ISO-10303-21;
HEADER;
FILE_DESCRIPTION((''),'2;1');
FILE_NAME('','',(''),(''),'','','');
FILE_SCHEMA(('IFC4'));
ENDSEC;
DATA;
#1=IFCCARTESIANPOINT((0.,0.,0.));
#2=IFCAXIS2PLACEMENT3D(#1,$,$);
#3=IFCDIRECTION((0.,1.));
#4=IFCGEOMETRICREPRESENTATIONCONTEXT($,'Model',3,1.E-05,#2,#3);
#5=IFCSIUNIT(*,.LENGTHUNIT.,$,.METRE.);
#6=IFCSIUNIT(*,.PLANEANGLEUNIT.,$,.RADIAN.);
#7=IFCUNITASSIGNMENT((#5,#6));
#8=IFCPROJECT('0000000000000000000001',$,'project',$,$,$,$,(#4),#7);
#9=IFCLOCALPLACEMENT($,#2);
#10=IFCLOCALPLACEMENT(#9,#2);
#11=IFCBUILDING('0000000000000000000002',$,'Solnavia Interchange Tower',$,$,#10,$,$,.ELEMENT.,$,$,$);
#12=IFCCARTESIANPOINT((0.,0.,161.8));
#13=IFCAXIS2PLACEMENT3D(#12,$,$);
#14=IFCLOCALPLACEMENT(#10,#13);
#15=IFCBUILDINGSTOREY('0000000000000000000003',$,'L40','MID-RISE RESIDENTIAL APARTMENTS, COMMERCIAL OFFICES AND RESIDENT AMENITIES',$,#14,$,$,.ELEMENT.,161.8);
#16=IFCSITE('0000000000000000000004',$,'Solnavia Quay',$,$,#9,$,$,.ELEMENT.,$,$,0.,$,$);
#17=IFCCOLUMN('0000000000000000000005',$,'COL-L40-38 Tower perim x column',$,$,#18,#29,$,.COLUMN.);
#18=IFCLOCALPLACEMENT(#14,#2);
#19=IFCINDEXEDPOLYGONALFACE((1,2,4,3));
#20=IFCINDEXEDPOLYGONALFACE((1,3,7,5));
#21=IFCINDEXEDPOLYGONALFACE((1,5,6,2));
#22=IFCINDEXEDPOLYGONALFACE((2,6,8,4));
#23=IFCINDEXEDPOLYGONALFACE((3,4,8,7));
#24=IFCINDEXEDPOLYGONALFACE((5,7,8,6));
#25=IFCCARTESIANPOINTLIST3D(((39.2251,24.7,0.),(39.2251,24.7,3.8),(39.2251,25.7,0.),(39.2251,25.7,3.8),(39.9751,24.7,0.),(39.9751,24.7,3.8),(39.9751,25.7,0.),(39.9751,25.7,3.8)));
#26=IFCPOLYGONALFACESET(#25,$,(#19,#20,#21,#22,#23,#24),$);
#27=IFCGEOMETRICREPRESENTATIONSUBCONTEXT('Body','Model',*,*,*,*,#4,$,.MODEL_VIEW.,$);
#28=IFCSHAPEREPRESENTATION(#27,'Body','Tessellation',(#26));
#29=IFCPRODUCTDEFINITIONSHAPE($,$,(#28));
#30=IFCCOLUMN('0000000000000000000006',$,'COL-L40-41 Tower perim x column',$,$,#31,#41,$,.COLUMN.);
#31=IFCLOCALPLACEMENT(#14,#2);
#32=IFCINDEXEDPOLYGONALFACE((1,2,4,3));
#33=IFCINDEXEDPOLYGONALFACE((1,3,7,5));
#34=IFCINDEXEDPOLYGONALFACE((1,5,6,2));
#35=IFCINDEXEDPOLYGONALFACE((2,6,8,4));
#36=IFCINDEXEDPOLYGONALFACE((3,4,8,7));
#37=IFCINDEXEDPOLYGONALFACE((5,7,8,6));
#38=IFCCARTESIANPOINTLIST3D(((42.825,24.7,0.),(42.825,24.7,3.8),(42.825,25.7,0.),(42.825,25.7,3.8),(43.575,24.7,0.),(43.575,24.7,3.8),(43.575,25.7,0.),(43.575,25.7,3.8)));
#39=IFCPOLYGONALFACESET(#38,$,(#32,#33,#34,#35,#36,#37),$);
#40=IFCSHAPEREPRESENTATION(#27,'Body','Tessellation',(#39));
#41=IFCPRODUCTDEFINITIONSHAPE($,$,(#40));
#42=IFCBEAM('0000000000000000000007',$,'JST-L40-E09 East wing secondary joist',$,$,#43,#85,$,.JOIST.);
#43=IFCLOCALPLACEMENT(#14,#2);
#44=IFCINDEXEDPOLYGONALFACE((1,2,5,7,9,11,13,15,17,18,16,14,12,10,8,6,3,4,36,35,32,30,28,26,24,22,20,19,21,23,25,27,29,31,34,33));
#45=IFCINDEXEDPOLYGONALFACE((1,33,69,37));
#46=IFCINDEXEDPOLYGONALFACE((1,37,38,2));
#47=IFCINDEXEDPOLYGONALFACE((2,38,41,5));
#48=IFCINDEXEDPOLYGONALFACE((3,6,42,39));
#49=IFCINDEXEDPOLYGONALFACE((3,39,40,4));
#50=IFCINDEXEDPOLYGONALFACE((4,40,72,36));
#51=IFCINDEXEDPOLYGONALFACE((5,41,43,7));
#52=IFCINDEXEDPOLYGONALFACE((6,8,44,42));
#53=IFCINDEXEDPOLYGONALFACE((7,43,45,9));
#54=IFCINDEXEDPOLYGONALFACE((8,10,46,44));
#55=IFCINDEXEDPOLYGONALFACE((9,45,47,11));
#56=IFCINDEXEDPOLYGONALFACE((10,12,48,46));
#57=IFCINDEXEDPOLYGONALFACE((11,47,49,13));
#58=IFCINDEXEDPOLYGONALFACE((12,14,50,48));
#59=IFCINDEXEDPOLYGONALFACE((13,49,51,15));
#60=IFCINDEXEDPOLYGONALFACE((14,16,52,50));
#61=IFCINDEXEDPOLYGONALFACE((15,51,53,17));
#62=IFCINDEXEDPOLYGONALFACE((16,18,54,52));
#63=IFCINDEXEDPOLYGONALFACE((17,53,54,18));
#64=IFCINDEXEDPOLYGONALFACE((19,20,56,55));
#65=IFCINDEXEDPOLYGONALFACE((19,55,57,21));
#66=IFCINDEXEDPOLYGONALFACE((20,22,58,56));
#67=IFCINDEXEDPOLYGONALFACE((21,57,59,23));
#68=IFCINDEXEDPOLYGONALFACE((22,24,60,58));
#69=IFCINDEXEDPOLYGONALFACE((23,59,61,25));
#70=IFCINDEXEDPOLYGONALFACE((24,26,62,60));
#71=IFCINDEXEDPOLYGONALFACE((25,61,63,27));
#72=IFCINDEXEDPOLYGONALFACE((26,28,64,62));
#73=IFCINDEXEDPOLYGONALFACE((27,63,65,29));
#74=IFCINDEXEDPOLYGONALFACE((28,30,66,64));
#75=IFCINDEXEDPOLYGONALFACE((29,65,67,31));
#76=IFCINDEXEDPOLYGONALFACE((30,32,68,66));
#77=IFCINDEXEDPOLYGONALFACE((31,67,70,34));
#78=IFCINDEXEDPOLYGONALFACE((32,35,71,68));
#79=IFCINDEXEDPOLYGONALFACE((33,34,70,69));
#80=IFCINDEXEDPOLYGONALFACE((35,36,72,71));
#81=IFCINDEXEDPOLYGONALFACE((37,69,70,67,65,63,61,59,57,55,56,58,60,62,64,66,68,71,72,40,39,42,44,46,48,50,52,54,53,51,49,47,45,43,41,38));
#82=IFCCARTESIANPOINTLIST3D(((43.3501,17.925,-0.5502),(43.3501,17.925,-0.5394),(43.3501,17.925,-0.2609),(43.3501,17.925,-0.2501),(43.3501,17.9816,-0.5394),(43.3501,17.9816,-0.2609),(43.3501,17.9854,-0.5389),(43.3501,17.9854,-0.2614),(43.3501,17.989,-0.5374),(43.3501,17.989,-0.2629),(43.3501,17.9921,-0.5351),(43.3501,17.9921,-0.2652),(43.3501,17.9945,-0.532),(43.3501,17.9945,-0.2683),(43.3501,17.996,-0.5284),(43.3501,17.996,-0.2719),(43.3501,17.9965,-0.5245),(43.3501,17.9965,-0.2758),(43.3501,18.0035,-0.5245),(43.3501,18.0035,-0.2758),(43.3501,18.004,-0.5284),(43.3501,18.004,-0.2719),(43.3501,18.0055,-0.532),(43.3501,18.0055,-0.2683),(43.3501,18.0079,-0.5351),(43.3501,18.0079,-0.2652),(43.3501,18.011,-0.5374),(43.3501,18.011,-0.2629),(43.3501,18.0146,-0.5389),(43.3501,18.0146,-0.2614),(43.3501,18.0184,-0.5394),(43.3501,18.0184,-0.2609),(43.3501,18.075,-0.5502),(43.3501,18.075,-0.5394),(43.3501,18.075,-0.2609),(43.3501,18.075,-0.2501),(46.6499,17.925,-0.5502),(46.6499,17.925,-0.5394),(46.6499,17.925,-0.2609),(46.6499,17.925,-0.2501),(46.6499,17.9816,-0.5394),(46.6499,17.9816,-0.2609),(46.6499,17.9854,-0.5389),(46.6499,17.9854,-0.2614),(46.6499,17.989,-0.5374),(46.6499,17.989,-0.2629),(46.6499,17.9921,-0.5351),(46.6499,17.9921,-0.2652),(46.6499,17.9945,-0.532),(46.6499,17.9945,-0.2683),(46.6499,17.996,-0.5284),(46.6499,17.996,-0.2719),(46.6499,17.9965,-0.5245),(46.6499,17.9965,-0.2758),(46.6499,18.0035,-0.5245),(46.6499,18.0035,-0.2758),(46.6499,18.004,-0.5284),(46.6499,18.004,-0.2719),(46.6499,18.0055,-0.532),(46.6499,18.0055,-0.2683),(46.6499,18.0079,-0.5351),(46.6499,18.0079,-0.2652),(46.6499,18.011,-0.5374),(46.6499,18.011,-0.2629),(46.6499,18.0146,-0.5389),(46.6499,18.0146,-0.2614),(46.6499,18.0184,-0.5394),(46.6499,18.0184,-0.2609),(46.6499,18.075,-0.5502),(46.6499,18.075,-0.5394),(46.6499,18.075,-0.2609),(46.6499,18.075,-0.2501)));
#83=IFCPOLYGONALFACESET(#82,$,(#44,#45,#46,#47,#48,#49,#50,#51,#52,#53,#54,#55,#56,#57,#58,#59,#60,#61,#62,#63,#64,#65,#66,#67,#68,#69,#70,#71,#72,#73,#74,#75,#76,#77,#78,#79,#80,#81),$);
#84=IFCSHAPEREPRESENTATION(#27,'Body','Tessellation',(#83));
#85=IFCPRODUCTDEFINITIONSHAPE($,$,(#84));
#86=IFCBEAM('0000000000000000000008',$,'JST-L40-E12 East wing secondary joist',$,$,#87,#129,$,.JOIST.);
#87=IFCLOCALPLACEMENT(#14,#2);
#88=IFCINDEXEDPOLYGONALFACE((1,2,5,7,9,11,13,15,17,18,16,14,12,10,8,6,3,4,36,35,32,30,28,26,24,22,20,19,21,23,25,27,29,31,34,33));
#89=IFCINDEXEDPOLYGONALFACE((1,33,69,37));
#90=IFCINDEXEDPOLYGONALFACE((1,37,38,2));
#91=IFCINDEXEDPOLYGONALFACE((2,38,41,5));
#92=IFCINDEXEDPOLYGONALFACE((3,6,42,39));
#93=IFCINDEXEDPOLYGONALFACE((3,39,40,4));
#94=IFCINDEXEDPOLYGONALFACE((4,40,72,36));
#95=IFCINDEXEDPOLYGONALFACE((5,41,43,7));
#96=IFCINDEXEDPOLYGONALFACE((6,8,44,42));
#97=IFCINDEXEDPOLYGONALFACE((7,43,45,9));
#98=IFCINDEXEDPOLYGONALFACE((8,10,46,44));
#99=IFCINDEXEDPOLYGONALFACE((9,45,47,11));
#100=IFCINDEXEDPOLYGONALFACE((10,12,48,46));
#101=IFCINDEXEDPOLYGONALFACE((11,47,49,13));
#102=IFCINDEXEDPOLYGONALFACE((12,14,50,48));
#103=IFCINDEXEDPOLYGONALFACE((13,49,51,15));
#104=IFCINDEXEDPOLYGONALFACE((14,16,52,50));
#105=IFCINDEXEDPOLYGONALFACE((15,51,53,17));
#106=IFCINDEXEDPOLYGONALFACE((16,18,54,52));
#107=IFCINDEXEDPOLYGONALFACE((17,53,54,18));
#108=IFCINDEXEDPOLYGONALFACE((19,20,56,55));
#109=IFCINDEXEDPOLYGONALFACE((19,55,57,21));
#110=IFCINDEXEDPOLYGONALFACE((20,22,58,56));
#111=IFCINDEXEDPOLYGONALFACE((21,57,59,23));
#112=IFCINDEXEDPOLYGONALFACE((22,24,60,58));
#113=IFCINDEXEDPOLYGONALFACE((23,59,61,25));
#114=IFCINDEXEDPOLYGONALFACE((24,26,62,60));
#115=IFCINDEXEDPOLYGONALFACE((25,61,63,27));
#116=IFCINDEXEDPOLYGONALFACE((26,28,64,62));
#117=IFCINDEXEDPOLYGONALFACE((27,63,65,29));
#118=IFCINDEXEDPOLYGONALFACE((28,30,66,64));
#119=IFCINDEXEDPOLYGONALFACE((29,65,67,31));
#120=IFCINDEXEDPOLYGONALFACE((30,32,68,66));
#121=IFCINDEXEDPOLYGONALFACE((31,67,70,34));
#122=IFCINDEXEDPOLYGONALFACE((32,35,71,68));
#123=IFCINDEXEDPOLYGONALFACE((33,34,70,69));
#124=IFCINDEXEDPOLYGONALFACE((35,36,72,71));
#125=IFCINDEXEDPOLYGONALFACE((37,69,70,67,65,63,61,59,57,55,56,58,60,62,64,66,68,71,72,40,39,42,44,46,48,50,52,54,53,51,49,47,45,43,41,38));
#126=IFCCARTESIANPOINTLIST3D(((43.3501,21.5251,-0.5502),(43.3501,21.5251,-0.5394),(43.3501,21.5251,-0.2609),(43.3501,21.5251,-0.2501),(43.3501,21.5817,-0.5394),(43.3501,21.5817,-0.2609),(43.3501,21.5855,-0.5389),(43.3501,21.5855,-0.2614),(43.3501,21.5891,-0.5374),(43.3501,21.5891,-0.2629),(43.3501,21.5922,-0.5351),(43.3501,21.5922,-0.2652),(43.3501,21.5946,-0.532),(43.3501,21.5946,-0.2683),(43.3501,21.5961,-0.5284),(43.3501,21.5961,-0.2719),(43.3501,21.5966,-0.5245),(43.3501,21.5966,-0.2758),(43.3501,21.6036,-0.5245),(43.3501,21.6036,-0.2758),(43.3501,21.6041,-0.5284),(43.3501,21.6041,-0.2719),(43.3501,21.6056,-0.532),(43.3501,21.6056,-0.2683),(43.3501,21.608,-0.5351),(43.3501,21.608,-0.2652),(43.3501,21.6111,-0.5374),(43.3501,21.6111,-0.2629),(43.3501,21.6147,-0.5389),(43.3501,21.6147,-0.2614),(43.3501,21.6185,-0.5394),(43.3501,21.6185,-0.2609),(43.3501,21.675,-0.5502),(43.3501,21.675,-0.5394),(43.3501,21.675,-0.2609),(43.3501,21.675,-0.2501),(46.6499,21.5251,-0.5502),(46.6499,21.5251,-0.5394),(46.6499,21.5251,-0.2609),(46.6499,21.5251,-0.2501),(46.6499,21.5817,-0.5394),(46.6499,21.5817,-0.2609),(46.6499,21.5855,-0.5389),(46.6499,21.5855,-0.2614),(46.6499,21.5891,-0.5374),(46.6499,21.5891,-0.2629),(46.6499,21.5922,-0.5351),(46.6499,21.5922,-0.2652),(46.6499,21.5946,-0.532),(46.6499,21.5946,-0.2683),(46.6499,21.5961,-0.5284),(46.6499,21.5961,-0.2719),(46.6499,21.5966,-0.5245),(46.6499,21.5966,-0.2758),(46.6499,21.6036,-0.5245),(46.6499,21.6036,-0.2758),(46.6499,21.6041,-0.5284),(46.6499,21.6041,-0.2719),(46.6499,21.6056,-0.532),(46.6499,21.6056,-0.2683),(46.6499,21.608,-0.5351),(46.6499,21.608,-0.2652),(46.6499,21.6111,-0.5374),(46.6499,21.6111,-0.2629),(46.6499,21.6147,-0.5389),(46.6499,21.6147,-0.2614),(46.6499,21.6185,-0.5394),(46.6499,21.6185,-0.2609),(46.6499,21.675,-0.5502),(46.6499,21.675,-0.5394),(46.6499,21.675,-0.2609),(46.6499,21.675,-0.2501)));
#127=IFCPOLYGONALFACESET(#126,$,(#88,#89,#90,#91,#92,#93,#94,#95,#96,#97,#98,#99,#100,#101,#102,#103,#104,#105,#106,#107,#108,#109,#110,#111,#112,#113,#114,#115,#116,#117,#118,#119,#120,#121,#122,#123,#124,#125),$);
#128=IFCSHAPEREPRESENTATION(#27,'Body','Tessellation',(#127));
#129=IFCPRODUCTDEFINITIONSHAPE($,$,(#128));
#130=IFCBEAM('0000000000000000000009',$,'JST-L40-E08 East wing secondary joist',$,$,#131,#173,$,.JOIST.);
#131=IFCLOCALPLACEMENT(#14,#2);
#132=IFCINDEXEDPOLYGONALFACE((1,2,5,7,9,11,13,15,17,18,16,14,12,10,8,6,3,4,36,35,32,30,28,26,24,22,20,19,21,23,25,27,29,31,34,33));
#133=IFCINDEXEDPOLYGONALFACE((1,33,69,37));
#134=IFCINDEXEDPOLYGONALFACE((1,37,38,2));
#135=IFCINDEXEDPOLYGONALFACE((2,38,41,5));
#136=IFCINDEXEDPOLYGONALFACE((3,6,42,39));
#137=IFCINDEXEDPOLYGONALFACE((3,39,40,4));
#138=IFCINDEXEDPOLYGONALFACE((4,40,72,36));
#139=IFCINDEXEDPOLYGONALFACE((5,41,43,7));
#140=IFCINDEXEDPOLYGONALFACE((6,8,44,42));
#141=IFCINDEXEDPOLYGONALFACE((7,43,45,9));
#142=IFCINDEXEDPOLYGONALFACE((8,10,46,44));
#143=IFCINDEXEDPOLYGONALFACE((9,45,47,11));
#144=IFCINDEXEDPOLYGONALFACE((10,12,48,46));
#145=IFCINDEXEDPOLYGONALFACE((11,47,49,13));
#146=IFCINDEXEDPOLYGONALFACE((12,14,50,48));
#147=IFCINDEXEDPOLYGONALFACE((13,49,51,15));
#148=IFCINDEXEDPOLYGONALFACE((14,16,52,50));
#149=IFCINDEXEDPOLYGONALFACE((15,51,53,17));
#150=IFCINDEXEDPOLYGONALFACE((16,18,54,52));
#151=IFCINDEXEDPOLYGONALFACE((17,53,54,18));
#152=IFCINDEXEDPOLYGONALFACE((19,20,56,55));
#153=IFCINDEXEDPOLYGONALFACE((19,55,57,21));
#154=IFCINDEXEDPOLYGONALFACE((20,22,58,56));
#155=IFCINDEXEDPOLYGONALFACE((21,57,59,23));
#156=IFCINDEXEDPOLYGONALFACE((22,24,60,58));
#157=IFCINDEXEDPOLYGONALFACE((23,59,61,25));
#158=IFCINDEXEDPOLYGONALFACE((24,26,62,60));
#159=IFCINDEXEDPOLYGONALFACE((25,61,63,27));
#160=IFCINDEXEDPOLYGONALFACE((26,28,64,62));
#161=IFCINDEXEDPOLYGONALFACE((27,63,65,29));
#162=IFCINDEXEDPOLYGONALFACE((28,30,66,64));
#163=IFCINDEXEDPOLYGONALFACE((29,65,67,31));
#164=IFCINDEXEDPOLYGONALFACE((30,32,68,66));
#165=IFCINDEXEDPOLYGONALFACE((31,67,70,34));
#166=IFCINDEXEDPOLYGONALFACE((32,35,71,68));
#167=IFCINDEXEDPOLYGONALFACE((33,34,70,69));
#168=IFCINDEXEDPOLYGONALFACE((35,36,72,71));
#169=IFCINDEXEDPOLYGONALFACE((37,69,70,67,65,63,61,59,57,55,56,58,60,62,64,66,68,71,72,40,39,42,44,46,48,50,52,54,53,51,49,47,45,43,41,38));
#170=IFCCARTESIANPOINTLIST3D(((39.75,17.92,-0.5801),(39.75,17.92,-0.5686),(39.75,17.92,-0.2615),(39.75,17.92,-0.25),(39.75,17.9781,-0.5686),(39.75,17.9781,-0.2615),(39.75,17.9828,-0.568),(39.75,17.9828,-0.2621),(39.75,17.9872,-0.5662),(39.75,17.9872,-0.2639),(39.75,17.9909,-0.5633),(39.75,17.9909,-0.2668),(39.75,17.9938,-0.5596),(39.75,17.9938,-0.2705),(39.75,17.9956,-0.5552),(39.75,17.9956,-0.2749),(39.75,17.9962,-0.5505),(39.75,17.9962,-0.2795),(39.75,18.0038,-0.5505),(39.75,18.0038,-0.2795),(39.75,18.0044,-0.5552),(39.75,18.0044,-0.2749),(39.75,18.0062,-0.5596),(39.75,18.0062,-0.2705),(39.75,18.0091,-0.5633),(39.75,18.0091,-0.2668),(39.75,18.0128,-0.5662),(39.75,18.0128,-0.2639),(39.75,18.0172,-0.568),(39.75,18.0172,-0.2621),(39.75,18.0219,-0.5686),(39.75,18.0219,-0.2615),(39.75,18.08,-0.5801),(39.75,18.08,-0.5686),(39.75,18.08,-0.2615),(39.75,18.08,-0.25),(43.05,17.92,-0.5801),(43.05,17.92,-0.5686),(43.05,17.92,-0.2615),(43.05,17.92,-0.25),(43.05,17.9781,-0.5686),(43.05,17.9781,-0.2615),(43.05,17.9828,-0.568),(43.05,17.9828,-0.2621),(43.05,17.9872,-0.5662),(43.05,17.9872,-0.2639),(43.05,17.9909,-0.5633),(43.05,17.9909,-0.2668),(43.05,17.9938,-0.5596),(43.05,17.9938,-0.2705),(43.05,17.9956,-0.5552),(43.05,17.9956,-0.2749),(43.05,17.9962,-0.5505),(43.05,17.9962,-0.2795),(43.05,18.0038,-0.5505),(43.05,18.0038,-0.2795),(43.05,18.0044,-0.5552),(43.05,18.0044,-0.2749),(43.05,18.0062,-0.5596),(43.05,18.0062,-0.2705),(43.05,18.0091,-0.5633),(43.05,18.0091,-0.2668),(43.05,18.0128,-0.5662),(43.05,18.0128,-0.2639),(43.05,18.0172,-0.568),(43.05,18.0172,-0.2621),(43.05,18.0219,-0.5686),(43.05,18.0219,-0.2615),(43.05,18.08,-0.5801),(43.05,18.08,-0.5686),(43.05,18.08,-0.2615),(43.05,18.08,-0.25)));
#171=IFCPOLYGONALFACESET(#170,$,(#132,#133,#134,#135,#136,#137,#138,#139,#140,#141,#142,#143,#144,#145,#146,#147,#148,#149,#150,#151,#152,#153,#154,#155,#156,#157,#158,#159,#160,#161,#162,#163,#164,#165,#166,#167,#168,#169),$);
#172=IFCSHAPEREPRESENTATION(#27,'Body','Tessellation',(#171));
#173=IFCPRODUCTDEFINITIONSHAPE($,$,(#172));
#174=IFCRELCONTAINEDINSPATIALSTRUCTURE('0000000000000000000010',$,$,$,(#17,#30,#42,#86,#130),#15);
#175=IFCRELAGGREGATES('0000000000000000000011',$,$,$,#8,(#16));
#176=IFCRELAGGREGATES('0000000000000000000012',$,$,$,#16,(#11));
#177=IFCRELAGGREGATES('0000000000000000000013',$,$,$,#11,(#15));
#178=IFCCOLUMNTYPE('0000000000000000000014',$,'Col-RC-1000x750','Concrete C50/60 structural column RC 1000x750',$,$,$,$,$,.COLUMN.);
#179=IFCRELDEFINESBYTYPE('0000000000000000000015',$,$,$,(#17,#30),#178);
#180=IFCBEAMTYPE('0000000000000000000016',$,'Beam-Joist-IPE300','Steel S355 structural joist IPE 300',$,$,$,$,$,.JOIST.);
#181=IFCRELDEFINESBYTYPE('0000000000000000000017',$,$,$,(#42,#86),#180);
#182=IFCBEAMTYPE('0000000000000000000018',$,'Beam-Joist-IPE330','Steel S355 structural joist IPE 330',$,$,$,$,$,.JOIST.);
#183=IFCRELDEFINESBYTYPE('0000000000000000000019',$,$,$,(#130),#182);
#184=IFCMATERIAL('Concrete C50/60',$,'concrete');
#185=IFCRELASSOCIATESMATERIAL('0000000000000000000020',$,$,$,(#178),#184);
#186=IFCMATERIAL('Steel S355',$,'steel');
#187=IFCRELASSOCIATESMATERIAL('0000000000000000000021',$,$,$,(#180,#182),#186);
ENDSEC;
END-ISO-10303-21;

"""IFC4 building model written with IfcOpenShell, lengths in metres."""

from ifc_helpers import new_model, si_unit, direction, frame, origin, origin_2d, place, context, subcontext, project, spatial, rectangle, i_section, extrude, material, material_profile, profile_set, type_object, element, save


model = new_model("IFC4")

# Units and contexts
model_context = context("Model", 3, precision=1e-05, world=origin(), true_north=direction((0.0, 1.0)))
body_context = subcontext(model_context, "Body", "Model", "MODEL_VIEW")
ifc_project = project(units=[si_unit("LENGTHUNIT", "METRE"), si_unit("PLANEANGLEUNIT", "RADIAN")], contexts=[model_context])

# Site, building, storey
site_placement = place(None, origin())
site = spatial("IfcSite", under=ifc_project, at=site_placement, Name="Solnavia Quay", CompositionType="ELEMENT", RefElevation=0.0)
building_placement = place(site_placement, origin())
building = spatial("IfcBuilding", under=site, at=building_placement, Name="Solnavia Interchange Tower", CompositionType="ELEMENT")
storey_placement = place(building_placement, frame((0.0, 0.0, 161.8)))
storey = spatial("IfcBuildingStorey", under=building, at=storey_placement, Name="L40", Description="MID-RISE RESIDENTIAL APARTMENTS, COMMERCIAL OFFICES AND RESIDENT AMENITIES", CompositionType="ELEMENT", Elevation=161.8)

# Columns
ifc_material_1 = material(Name="Concrete C50/60", Category="concrete")
ifc_material_profile_1 = material_profile(ifc_material_1, rectangle(XDim=0.75, YDim=1.0, at=origin_2d()), Name="RC 1000x750")
ifc_profile_set_1 = profile_set([ifc_material_profile_1], Name="Concrete C50/60")
column_type = type_object("IfcColumnType", Name="Col-RC-1000x750", Description="Concrete C50/60 structural column RC 1000x750", PredefinedType="COLUMN", material=ifc_profile_set_1)
for number, where, z_axis, x_axis, name in (
    (1, (39.6001, 25.2, 0.0), (0.0, 0.0, 1.0), (1.0, 0.0, 0.0), "COL-L40-38 Tower perim x column"),
    (2, (43.2, 25.2, 0.0), (0.0, 0.0, 1.0), (1.0, 0.0, 0.0), "COL-L40-41 Tower perim x column"),
):
    element("IfcColumn", number, at=place(storey_placement, frame(where, z_axis=z_axis, x_axis=x_axis)), inside=storey, type_object=column_type, Name=name, PredefinedType="COLUMN", context=body_context, shape_type="SweptSolid", body=[
        extrude(rectangle(XDim=0.75, YDim=1.0, at=origin_2d()), origin(), (0.0, 0.0, 1.0), 3.8),
    ])

# Beams
ifc_material_2 = material(Name="Steel S355", Category="steel")
ifc_material_profile_2 = material_profile(ifc_material_2, i_section(OverallWidth=0.1499, OverallDepth=0.3, WebThickness=0.0071, FlangeThickness=0.0107, FilletRadius=0.0149, at=origin_2d()), Name="IPE 300")
ifc_profile_set_2 = profile_set([ifc_material_profile_2], Name="Steel S355")
beam_type_1 = type_object("IfcBeamType", Name="Beam-Joist-IPE300", Description="Steel S355 structural joist IPE 300", PredefinedType="JOIST", material=ifc_profile_set_2)
for number, where, z_axis, x_axis, name in (
    (3, (43.3501, 18.0, -0.4001), (1.0, 0.0, 0.0), (0.0, 1.0, 0.0), "JST-L40-E09 East wing secondary joist"),
    (4, (43.3501, 21.6001, -0.4001), (1.0, 0.0, 0.0), (0.0, 1.0, 0.0), "JST-L40-E12 East wing secondary joist"),
):
    element("IfcBeam", number, at=place(storey_placement, frame(where, z_axis=z_axis, x_axis=x_axis)), inside=storey, type_object=beam_type_1, Name=name, PredefinedType="JOIST", context=body_context, shape_type="SweptSolid", body=[
        extrude(i_section(OverallWidth=0.1499, OverallDepth=0.3, WebThickness=0.0071, FlangeThickness=0.0107, FilletRadius=0.0149, at=origin_2d()), origin(), (0.0, 0.0, 1.0), 3.2998),
    ])
ifc_material_profile_3 = material_profile(ifc_material_2, i_section(OverallWidth=0.1599, OverallDepth=0.3301, WebThickness=0.0076, FlangeThickness=0.0115, FilletRadius=0.0181, at=origin_2d()), Name="IPE 330")
ifc_profile_set_3 = profile_set([ifc_material_profile_3], Name="Steel S355")
beam_type_2 = type_object("IfcBeamType", Name="Beam-Joist-IPE330", Description="Steel S355 structural joist IPE 330", PredefinedType="JOIST", material=ifc_profile_set_3)
for number, where, z_axis, x_axis, name in (
    (5, (39.75, 18.0, -0.415), (1.0, 0.0, 0.0), (0.0, 1.0, 0.0), "JST-L40-E08 East wing secondary joist"),
):
    element("IfcBeam", number, at=place(storey_placement, frame(where, z_axis=z_axis, x_axis=x_axis)), inside=storey, type_object=beam_type_2, Name=name, PredefinedType="JOIST", context=body_context, shape_type="SweptSolid", body=[
        extrude(i_section(OverallWidth=0.1599, OverallDepth=0.3301, WebThickness=0.0076, FlangeThickness=0.0115, FilletRadius=0.0181, at=origin_2d()), origin(), (0.0, 0.0, 1.0), 3.3),
    ])

save(model, "model.ifc")
